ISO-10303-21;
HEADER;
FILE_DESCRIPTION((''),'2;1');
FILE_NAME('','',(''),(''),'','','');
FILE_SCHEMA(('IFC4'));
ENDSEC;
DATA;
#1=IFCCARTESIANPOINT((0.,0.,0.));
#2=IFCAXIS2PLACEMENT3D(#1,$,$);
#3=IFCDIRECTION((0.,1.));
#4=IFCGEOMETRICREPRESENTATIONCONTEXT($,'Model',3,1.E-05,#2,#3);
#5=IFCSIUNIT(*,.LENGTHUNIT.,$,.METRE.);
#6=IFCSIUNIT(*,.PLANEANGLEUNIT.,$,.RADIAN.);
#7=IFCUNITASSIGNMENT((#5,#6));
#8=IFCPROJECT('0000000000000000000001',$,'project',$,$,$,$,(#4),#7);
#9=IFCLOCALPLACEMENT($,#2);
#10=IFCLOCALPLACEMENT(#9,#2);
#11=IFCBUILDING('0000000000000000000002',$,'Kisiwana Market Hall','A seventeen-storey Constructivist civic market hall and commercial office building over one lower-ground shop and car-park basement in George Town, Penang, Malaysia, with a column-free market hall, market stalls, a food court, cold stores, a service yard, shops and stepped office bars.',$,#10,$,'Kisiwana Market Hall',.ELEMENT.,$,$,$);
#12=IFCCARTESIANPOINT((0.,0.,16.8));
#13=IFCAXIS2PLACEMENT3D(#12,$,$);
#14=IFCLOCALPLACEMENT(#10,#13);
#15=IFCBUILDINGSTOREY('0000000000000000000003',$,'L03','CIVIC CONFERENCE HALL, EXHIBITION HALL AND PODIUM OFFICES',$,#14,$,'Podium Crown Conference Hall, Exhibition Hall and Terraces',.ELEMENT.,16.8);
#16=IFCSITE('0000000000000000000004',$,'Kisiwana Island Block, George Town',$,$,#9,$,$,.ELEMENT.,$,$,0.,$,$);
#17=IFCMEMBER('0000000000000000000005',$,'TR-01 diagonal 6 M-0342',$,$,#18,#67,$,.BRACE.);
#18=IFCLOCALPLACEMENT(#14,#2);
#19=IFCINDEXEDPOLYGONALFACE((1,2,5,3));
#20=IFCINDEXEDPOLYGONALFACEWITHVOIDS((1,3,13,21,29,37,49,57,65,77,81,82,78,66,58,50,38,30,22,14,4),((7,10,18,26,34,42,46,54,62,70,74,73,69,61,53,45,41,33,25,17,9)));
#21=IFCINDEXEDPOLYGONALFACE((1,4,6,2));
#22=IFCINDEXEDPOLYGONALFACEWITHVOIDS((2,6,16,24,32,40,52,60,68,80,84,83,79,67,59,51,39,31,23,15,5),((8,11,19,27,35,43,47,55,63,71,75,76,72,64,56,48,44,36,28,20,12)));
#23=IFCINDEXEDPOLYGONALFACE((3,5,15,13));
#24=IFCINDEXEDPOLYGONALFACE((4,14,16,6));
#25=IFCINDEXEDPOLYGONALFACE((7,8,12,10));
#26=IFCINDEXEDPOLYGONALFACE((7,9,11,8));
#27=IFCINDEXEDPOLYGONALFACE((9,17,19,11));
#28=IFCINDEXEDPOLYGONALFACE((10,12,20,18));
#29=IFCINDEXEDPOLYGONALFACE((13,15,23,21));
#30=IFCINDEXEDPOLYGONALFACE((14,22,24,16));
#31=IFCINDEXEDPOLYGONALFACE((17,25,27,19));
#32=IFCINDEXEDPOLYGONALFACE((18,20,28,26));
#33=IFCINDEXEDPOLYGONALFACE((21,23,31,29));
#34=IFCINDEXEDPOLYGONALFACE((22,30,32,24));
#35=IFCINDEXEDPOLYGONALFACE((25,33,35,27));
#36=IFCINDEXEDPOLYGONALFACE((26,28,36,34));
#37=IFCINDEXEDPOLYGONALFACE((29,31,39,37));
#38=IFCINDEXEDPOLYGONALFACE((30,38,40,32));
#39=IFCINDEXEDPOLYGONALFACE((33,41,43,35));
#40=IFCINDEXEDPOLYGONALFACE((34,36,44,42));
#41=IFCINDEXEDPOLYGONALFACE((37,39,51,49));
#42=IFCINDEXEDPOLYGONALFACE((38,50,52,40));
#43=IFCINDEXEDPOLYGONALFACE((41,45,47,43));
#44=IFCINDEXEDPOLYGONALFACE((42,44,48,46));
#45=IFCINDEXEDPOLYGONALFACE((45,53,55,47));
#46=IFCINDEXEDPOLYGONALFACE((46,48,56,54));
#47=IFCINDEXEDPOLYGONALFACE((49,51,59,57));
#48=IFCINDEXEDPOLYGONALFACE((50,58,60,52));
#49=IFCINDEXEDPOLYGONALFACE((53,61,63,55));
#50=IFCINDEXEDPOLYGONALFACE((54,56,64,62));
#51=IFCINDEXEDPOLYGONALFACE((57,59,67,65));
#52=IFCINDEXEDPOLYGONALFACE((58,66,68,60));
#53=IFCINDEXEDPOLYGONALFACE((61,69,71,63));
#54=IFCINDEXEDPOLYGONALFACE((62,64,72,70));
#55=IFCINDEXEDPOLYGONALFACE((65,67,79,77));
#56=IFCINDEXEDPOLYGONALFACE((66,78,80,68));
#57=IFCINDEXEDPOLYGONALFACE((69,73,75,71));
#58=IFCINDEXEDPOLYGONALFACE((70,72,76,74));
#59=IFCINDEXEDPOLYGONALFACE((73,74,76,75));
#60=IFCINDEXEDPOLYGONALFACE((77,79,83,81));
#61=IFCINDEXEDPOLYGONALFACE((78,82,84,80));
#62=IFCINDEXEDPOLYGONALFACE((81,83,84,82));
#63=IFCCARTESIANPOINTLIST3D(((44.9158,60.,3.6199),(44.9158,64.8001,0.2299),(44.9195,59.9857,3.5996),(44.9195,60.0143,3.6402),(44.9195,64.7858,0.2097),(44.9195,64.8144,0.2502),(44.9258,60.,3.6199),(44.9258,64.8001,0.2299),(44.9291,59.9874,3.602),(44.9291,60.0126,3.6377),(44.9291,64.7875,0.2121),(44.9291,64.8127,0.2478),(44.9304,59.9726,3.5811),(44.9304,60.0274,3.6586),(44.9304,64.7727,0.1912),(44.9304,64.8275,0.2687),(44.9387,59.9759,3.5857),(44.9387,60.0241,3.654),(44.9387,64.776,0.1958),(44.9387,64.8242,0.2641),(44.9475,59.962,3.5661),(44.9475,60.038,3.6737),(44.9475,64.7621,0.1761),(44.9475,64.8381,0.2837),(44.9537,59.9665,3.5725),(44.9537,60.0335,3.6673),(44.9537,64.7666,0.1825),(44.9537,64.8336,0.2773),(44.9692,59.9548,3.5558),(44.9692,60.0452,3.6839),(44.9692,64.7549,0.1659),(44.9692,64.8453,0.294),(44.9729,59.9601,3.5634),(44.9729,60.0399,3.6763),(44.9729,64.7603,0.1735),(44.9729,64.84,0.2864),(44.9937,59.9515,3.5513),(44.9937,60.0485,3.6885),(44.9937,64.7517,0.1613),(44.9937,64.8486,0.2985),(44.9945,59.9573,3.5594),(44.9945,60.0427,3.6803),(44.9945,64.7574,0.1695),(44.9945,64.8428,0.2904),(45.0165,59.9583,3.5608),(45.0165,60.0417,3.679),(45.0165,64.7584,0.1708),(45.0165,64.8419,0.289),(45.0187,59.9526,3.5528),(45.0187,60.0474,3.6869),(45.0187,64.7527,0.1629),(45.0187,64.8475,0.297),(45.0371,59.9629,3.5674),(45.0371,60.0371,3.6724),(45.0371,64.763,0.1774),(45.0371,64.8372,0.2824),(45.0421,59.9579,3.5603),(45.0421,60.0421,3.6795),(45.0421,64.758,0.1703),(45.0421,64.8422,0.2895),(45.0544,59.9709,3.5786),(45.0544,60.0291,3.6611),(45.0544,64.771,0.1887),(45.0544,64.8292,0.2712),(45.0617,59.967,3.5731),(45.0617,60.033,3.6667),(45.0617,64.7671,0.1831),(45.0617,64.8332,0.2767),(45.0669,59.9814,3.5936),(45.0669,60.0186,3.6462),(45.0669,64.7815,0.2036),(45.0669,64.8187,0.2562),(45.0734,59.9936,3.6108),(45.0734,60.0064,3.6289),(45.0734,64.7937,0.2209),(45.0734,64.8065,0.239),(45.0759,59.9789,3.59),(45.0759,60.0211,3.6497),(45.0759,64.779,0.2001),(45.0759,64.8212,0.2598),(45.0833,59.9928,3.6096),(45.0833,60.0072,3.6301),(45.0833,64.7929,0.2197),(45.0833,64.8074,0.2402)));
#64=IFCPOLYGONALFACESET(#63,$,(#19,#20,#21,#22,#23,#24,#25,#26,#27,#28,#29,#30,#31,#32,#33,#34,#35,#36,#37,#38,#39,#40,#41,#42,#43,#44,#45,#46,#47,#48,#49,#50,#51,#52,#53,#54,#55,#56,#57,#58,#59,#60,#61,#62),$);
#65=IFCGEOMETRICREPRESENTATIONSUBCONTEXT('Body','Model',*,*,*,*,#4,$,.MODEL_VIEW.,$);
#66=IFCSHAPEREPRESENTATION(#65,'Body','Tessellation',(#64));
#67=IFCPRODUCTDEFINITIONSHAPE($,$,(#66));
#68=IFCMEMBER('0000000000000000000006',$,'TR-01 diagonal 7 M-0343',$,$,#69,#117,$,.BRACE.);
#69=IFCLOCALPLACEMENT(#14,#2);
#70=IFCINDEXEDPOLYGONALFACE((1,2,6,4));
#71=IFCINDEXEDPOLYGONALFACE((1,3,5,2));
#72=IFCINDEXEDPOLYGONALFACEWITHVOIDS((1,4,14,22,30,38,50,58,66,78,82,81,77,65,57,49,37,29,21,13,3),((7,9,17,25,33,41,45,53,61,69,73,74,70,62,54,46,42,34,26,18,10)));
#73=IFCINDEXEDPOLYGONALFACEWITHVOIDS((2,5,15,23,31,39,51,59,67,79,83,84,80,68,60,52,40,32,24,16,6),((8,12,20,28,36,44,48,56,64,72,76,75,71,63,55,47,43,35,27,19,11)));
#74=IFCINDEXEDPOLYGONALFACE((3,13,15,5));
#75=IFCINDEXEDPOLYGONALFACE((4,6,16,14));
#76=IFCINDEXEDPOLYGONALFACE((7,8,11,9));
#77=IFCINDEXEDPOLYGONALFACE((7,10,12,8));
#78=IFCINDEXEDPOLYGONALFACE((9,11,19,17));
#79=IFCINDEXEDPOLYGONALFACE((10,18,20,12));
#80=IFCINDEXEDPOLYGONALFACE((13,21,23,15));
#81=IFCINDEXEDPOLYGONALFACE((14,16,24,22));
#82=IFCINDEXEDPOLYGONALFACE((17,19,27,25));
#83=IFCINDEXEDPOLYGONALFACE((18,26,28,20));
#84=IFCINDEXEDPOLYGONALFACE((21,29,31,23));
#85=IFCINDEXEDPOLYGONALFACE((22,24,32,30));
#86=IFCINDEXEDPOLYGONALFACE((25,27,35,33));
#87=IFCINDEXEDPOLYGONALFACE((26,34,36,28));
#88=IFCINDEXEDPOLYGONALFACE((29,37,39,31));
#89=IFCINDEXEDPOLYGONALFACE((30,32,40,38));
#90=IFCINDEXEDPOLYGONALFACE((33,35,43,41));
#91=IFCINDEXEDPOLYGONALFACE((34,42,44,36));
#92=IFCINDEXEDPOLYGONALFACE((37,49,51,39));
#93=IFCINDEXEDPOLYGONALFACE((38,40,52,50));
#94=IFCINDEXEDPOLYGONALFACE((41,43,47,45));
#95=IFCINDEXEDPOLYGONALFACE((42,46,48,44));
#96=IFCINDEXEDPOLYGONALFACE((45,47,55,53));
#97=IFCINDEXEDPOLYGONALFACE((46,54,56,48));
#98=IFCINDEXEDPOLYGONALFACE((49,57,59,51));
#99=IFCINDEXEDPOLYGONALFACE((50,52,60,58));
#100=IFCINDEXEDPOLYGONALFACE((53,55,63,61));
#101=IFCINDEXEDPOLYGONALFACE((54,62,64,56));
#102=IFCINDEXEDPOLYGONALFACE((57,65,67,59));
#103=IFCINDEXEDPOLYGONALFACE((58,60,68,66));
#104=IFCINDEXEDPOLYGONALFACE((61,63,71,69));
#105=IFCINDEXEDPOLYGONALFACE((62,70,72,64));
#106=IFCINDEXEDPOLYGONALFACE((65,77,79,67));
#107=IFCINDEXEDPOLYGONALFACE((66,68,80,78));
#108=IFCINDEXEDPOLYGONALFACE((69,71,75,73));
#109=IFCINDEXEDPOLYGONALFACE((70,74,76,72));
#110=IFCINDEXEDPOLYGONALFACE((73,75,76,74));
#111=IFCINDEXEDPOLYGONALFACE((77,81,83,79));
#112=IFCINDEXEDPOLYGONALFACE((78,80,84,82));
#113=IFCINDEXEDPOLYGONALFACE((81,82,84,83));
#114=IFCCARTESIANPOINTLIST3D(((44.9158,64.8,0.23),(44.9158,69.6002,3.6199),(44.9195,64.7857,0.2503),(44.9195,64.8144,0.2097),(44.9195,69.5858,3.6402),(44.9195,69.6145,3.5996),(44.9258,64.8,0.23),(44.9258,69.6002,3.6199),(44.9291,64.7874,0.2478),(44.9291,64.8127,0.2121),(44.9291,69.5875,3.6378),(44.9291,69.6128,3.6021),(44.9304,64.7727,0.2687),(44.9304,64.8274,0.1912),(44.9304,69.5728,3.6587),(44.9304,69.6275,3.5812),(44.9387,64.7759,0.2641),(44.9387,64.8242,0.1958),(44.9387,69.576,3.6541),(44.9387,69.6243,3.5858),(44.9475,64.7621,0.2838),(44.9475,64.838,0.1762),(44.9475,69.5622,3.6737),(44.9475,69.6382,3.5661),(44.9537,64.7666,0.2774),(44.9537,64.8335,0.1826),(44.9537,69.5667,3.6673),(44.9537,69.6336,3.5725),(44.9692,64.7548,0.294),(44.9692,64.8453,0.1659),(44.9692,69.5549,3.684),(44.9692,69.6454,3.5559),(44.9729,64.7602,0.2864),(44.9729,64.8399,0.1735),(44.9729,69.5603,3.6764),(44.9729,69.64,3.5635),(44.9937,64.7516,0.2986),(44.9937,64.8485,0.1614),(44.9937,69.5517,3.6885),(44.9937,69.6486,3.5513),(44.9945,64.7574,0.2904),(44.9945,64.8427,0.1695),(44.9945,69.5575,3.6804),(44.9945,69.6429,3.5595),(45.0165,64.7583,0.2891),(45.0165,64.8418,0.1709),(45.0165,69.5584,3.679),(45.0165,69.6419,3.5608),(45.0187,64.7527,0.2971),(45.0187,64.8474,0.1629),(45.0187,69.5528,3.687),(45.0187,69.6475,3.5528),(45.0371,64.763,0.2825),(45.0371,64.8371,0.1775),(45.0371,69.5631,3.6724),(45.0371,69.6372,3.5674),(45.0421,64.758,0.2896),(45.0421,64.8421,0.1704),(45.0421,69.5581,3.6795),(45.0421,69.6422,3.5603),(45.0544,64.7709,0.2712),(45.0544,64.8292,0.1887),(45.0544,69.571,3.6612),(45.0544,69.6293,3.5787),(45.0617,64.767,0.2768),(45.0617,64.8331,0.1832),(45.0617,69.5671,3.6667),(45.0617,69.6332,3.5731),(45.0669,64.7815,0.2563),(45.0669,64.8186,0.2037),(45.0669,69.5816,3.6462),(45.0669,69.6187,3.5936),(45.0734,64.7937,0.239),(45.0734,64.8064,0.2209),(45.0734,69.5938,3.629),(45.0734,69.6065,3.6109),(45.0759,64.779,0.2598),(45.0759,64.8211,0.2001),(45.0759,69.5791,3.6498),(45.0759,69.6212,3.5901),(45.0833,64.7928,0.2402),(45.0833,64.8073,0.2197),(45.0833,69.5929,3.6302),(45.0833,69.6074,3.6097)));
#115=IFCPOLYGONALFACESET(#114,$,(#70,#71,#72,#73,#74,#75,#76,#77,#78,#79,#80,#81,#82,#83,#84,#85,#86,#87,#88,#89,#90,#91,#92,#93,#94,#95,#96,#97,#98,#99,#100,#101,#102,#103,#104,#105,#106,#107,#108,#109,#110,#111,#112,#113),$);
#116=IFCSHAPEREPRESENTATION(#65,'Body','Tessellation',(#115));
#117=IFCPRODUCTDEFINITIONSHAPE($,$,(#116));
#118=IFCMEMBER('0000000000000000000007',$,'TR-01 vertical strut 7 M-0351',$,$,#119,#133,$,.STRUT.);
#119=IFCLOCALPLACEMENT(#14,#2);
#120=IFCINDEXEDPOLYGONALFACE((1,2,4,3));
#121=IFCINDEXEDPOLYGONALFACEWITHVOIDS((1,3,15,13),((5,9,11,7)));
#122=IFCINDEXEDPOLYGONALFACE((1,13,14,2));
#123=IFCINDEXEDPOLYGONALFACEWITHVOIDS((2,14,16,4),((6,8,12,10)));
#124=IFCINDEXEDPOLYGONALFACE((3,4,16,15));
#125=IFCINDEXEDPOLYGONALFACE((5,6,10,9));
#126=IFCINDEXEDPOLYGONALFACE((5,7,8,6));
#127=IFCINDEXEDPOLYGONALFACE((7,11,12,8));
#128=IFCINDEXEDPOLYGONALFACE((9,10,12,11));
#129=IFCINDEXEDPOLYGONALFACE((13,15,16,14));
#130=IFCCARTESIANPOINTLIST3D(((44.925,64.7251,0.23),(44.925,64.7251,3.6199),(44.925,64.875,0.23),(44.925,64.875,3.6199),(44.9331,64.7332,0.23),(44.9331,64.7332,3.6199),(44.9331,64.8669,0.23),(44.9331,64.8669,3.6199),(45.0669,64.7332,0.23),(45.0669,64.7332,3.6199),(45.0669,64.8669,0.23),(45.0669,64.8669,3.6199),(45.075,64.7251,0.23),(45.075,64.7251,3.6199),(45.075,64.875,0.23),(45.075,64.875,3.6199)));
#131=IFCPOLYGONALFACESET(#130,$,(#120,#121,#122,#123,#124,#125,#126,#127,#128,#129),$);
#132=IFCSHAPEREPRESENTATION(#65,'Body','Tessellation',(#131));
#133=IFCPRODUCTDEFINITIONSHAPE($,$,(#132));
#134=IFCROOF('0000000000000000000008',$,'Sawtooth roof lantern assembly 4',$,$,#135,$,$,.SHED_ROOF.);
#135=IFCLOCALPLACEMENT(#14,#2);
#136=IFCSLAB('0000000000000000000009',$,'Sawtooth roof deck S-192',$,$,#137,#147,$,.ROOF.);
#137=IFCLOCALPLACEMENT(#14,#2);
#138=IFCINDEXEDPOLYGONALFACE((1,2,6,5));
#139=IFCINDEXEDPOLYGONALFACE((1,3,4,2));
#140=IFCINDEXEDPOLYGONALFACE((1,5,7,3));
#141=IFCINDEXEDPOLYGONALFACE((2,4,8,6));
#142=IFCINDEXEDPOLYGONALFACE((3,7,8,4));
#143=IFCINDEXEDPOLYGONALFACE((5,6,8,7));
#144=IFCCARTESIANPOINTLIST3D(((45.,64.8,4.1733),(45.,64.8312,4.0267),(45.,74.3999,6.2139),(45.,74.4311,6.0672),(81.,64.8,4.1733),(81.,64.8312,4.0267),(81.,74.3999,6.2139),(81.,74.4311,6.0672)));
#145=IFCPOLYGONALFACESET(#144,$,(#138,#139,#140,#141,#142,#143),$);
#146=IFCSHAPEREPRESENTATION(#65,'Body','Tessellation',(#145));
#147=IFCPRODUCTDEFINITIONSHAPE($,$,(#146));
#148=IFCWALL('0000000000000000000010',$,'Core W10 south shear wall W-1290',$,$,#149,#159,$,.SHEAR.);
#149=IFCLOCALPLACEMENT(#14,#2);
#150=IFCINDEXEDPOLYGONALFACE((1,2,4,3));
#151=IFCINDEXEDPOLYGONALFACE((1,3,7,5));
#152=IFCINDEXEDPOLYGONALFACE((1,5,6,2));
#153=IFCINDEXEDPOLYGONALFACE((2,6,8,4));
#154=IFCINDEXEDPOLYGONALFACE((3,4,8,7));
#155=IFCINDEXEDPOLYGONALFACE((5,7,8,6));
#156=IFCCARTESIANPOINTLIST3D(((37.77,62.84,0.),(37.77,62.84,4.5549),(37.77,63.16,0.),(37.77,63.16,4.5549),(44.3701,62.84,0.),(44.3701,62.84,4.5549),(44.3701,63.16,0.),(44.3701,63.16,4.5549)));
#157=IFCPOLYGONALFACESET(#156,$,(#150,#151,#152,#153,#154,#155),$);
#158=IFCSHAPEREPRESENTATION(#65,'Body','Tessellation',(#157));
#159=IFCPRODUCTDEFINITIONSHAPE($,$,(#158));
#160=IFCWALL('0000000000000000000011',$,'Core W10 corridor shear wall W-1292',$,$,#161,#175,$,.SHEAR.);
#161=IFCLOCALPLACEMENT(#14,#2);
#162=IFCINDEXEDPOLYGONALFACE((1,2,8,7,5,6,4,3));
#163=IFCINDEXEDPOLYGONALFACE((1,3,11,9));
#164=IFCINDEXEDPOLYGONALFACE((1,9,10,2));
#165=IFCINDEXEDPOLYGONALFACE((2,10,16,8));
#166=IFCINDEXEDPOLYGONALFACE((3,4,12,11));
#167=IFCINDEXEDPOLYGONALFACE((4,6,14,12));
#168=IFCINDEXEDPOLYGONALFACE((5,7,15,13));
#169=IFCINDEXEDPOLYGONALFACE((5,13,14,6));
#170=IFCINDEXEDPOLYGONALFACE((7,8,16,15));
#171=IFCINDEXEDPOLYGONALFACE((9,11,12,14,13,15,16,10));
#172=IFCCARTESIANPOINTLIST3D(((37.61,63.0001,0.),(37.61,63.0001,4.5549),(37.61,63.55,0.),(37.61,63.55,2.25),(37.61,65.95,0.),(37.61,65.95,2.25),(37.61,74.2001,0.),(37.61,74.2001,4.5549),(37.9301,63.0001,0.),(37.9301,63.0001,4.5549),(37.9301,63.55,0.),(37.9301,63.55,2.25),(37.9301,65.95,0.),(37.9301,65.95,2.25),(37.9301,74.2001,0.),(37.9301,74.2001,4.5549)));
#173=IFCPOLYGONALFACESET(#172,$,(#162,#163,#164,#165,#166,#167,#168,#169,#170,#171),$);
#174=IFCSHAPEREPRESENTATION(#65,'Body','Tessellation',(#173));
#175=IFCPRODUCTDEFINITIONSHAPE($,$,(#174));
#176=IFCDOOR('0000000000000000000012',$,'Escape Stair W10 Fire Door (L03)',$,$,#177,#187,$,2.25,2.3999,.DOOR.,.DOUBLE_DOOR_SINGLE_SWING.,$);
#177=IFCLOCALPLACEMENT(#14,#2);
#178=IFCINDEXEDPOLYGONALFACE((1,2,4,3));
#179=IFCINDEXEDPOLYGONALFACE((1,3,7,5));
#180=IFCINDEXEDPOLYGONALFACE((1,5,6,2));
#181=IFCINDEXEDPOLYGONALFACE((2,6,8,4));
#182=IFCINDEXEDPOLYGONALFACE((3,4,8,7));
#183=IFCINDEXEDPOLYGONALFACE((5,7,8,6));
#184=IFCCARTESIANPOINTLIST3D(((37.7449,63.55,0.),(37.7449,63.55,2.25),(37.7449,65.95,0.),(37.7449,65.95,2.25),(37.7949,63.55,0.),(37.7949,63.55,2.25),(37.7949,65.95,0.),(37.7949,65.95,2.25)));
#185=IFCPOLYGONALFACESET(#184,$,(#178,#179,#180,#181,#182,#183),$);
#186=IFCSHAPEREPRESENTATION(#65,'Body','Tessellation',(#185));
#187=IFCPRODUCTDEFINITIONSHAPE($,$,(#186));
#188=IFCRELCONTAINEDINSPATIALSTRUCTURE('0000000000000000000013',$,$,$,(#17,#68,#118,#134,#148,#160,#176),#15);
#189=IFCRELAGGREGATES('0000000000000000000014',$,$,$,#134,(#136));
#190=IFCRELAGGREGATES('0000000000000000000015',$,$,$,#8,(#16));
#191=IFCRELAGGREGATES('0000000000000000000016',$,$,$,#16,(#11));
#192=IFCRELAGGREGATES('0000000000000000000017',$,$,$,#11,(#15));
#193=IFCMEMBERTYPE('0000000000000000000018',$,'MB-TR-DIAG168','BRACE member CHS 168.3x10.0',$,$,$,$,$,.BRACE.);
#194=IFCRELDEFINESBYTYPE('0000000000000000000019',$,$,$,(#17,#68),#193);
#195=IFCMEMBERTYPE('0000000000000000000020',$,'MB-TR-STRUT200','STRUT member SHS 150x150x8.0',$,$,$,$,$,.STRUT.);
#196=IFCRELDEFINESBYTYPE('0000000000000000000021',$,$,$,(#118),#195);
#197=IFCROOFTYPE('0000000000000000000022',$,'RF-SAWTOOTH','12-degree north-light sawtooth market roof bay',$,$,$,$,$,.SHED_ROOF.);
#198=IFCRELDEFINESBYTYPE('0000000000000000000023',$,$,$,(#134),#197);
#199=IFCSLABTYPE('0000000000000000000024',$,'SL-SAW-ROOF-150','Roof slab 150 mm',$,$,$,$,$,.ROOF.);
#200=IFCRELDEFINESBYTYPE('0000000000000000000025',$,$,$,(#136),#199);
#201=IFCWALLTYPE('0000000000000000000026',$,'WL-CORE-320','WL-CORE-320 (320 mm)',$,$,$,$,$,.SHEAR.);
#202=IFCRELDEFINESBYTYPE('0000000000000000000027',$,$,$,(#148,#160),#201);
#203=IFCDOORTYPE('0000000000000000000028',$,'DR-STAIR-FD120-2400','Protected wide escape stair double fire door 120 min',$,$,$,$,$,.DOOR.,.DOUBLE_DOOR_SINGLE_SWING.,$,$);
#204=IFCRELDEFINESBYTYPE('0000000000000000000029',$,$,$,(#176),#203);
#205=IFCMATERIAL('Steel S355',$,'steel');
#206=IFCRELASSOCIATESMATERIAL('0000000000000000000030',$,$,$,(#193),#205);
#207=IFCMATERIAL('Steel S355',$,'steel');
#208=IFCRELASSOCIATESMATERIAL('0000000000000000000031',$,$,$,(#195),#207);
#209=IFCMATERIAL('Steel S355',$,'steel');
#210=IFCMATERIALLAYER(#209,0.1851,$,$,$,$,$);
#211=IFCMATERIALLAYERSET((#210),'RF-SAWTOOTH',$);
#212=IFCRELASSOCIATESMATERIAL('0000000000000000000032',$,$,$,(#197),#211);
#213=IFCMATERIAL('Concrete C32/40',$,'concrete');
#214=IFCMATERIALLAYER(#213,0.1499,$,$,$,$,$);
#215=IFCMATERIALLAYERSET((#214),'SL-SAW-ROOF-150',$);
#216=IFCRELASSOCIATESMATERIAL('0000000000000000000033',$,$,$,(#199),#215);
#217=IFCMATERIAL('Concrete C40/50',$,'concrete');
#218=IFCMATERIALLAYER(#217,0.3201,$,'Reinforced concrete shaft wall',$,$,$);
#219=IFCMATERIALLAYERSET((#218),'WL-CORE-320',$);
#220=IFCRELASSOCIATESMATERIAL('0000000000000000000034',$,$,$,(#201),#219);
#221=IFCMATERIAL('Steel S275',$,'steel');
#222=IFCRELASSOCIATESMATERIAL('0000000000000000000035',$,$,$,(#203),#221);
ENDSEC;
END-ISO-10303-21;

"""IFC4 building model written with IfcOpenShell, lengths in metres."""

from ifc_helpers import new_model, si_unit, direction, frame, frame_2d, origin, origin_2d, place, context, subcontext, project, spatial, polyline, rectangle, hollow_rectangle, hollow_circle, outline, extrude, material, layer, layer_set, material_profile, profile_set, type_object, element, fill, aggregate, save


model = new_model("IFC4")

# Units and contexts
model_context = context("Model", 3, precision=1e-05, world=origin(), true_north=direction((0.0, 1.0)))
body_context = subcontext(model_context, "Body", "Model", "MODEL_VIEW")
ifc_project = project(units=[si_unit("LENGTHUNIT", "METRE"), si_unit("PLANEANGLEUNIT", "RADIAN")], contexts=[model_context])

# Site, building, storey
site_placement = place(None, origin())
site = spatial("IfcSite", under=ifc_project, at=site_placement, Name="Kisiwana Island Block, George Town", CompositionType="ELEMENT", RefElevation=0.0)
building_placement = place(site_placement, origin())
building = spatial("IfcBuilding", under=site, at=building_placement, Name="Kisiwana Market Hall", Description="A seventeen-storey Constructivist civic market hall and commercial office building over one lower-ground shop and car-park basement in George Town, Penang, Malaysia, with a column-free market hall, market stalls, a food court, cold stores, a service yard, shops and stepped office bars.", LongName="Kisiwana Market Hall", CompositionType="ELEMENT")
storey_placement = place(building_placement, frame((0.0, 0.0, 16.8)))
storey = spatial("IfcBuildingStorey", under=building, at=storey_placement, Name="L03", Description="CIVIC CONFERENCE HALL, EXHIBITION HALL AND PODIUM OFFICES", LongName="Podium Crown Conference Hall, Exhibition Hall and Terraces", CompositionType="ELEMENT", Elevation=16.8)

# Members
ifc_material_1 = material(Name="Steel S355", Category="steel")
ifc_material_profile_1 = material_profile(ifc_material_1, hollow_circle(Radius=0.0842, WallThickness=0.01, at=origin_2d()), Name="CHS 168.3x10.0")
ifc_profile_set_1 = profile_set([ifc_material_profile_1], Name="Steel S355")
member_type_1 = type_object("IfcMemberType", Name="MB-TR-DIAG168", Description="BRACE member CHS 168.3x10.0", PredefinedType="BRACE", material=ifc_profile_set_1)
for number, where, z_axis, x_axis, name in (
    (1, (45.0, 60.0, 3.6199), (0.0, 0.816838, -0.576868), (-1.0, 0.0, 0.0), "TR-01 diagonal 6 M-0342"),
    (2, (45.0, 64.8, 0.23), (0.0, 0.816838, 0.576868), (-1.0, 0.0, 0.0), "TR-01 diagonal 7 M-0343"),
):
    element("IfcMember", number, at=place(storey_placement, frame(where, z_axis=z_axis, x_axis=x_axis)), inside=storey, type_object=member_type_1, Name=name, PredefinedType="BRACE", context=body_context, shape_type="SweptSolid", body=[
        extrude(hollow_circle(Radius=0.0842, WallThickness=0.01, at=origin_2d()), origin(), (0.0, 0.0, 1.0), 5.8765),
    ])
ifc_material_2 = material(Name="Steel S355", Category="steel")
ifc_material_profile_2 = material_profile(ifc_material_2, hollow_rectangle(XDim=0.1499, YDim=0.1499, WallThickness=0.0081, at=origin_2d()), Name="SHS 150x150x8.0")
ifc_profile_set_2 = profile_set([ifc_material_profile_2], Name="Steel S355")
member_type_2 = type_object("IfcMemberType", Name="MB-TR-STRUT200", Description="STRUT member SHS 150x150x8.0", PredefinedType="STRUT", material=ifc_profile_set_2)
member_1_placement = place(storey_placement, frame((45.0, 64.8, 0.23), z_axis=(0.0, 0.0, 1.0), x_axis=(1.0, 0.0, 0.0)))
element("IfcMember", 3, at=member_1_placement, inside=storey, type_object=member_type_2, Name="TR-01 vertical strut 7 M-0351", PredefinedType="STRUT", context=body_context, shape_type="SweptSolid", body=[
    extrude(hollow_rectangle(XDim=0.1499, YDim=0.1499, WallThickness=0.0081, at=origin_2d()), origin(), (0.0, 0.0, 1.0), 3.3899),
])

# Roof, slab
ifc_material_3 = material(Name="Steel S355", Category="steel")
ifc_layer_1 = layer(ifc_material_3, 0.1851)
ifc_layer_set_1 = layer_set([ifc_layer_1], Name="RF-SAWTOOTH")
roof_type = type_object("IfcRoofType", Name="RF-SAWTOOTH", Description="12-degree north-light sawtooth market roof bay", PredefinedType="SHED_ROOF", material=ifc_layer_set_1)
roof_placement = place(storey_placement, origin())
roof = element("IfcRoof", 4, at=roof_placement, inside=storey, type_object=roof_type, Name="Sawtooth roof lantern assembly 4", PredefinedType="SHED_ROOF")
ifc_material_4 = material(Name="Concrete C32/40", Category="concrete")
ifc_layer_2 = layer(ifc_material_4, 0.1499)
ifc_layer_set_2 = layer_set([ifc_layer_2], Name="SL-SAW-ROOF-150")
slab_type = type_object("IfcSlabType", Name="SL-SAW-ROOF-150", Description="Roof slab 150 mm", PredefinedType="ROOF", material=ifc_layer_set_2)
slab_placement = place(storey_placement, frame((45.0, 64.8, 4.1733), z_axis=(0.0, -0.207913, 0.978147), x_axis=(1.0, 0.0, 0.0)))
slab = element("IfcSlab", 5, at=slab_placement, type_object=slab_type, Name="Sawtooth roof deck S-192", PredefinedType="ROOF", context=body_context, shape_type="SweptSolid", body=[
    extrude(outline(polyline([(0.0, 0.0), (36.0, 0.0), (36.0, 9.8143), (0.0, 9.8143), (0.0, 0.0)])), origin(), (0.0, 0.0, -1.0), 0.1499),
])
aggregate(roof, [slab])

# Wall
ifc_material_5 = material(Name="Concrete C40/50", Category="concrete")
ifc_layer_3 = layer(ifc_material_5, 0.3201, Name="Reinforced concrete shaft wall")
ifc_layer_set_3 = layer_set([ifc_layer_3], Name="WL-CORE-320")
wall_type_1 = type_object("IfcWallType", Name="WL-CORE-320", Description="WL-CORE-320 (320 mm)", PredefinedType="SHEAR", material=ifc_layer_set_3)
wall_1_placement = place(storey_placement, frame((37.77, 63.0, 0.0), z_axis=(0.0, 0.0, 1.0), x_axis=(1.0, 0.0, 0.0)))
element("IfcWall", 6, at=wall_1_placement, inside=storey, type_object=wall_type_1, Name="Core W10 south shear wall W-1290", PredefinedType="SHEAR", context=body_context, shape_type="SweptSolid", body=[
    extrude(rectangle(XDim=6.6001, YDim=0.3201, at=frame_2d((3.3, 0.0))), origin(), (0.0, 0.0, 1.0), 4.5549),
])

# Wall, opening, door
wall_2_placement = place(storey_placement, frame((37.77, 63.0, 0.0), z_axis=(0.0, 0.0, 1.0), x_axis=(0.0, 1.0, 0.0)))
wall_2 = element("IfcWall", 7, at=wall_2_placement, inside=storey, type_object=wall_type_1, Name="Core W10 corridor shear wall W-1292", PredefinedType="SHEAR", context=body_context, shape_type="SweptSolid", body=[
    extrude(rectangle(XDim=11.2, YDim=0.3201, at=frame_2d((5.6001, 0.0))), origin(), (0.0, 0.0, 1.0), 4.5549),
])
opening_placement = place(wall_2_placement, frame((0.55, 0.0, 0.0)))
opening = element("IfcOpeningElement", 8, at=opening_placement, cuts=wall_2, PredefinedType="OPENING", context=body_context, shape_type="SweptSolid", body=[
    extrude(rectangle(XDim=2.3999, YDim=2.25, at=frame_2d((1.2, 1.125))), frame((0.0, 0.1719, 0.0), z_axis=(0.0, -1.0, 0.0), x_axis=(1.0, 0.0, 0.0)), (0.0, 0.0, 1.0), 0.344),
])
ifc_material_6 = material(Name="Steel S275", Category="steel")
door_type = type_object("IfcDoorType", Name="DR-STAIR-FD120-2400", Description="Protected wide escape stair double fire door 120 min", OperationType="DOUBLE_DOOR_SINGLE_SWING", PredefinedType="DOOR", material=ifc_material_6)
door_placement = place(opening_placement, frame((2.3999, 0.0, 0.0), z_axis=(0.0, 0.0, 1.0), x_axis=(-1.0, 0.0, 0.0)))
door = element("IfcDoor", 9, at=door_placement, inside=storey, type_object=door_type, Name="Escape Stair W10 Fire Door (L03)", OperationType="DOUBLE_DOOR_SINGLE_SWING", OverallHeight=2.25, OverallWidth=2.3999, PredefinedType="DOOR", context=body_context, shape_type="SweptSolid", body=[
    extrude(rectangle(XDim=2.3999, YDim=2.25, at=frame_2d((1.2, 1.125))), frame((0.0, 0.0249, 0.0), z_axis=(0.0, -1.0, 0.0), x_axis=(1.0, 0.0, 0.0)), (0.0, 0.0, 1.0), 0.05),
])
fill(opening, door)

save(model, "model.ifc")
